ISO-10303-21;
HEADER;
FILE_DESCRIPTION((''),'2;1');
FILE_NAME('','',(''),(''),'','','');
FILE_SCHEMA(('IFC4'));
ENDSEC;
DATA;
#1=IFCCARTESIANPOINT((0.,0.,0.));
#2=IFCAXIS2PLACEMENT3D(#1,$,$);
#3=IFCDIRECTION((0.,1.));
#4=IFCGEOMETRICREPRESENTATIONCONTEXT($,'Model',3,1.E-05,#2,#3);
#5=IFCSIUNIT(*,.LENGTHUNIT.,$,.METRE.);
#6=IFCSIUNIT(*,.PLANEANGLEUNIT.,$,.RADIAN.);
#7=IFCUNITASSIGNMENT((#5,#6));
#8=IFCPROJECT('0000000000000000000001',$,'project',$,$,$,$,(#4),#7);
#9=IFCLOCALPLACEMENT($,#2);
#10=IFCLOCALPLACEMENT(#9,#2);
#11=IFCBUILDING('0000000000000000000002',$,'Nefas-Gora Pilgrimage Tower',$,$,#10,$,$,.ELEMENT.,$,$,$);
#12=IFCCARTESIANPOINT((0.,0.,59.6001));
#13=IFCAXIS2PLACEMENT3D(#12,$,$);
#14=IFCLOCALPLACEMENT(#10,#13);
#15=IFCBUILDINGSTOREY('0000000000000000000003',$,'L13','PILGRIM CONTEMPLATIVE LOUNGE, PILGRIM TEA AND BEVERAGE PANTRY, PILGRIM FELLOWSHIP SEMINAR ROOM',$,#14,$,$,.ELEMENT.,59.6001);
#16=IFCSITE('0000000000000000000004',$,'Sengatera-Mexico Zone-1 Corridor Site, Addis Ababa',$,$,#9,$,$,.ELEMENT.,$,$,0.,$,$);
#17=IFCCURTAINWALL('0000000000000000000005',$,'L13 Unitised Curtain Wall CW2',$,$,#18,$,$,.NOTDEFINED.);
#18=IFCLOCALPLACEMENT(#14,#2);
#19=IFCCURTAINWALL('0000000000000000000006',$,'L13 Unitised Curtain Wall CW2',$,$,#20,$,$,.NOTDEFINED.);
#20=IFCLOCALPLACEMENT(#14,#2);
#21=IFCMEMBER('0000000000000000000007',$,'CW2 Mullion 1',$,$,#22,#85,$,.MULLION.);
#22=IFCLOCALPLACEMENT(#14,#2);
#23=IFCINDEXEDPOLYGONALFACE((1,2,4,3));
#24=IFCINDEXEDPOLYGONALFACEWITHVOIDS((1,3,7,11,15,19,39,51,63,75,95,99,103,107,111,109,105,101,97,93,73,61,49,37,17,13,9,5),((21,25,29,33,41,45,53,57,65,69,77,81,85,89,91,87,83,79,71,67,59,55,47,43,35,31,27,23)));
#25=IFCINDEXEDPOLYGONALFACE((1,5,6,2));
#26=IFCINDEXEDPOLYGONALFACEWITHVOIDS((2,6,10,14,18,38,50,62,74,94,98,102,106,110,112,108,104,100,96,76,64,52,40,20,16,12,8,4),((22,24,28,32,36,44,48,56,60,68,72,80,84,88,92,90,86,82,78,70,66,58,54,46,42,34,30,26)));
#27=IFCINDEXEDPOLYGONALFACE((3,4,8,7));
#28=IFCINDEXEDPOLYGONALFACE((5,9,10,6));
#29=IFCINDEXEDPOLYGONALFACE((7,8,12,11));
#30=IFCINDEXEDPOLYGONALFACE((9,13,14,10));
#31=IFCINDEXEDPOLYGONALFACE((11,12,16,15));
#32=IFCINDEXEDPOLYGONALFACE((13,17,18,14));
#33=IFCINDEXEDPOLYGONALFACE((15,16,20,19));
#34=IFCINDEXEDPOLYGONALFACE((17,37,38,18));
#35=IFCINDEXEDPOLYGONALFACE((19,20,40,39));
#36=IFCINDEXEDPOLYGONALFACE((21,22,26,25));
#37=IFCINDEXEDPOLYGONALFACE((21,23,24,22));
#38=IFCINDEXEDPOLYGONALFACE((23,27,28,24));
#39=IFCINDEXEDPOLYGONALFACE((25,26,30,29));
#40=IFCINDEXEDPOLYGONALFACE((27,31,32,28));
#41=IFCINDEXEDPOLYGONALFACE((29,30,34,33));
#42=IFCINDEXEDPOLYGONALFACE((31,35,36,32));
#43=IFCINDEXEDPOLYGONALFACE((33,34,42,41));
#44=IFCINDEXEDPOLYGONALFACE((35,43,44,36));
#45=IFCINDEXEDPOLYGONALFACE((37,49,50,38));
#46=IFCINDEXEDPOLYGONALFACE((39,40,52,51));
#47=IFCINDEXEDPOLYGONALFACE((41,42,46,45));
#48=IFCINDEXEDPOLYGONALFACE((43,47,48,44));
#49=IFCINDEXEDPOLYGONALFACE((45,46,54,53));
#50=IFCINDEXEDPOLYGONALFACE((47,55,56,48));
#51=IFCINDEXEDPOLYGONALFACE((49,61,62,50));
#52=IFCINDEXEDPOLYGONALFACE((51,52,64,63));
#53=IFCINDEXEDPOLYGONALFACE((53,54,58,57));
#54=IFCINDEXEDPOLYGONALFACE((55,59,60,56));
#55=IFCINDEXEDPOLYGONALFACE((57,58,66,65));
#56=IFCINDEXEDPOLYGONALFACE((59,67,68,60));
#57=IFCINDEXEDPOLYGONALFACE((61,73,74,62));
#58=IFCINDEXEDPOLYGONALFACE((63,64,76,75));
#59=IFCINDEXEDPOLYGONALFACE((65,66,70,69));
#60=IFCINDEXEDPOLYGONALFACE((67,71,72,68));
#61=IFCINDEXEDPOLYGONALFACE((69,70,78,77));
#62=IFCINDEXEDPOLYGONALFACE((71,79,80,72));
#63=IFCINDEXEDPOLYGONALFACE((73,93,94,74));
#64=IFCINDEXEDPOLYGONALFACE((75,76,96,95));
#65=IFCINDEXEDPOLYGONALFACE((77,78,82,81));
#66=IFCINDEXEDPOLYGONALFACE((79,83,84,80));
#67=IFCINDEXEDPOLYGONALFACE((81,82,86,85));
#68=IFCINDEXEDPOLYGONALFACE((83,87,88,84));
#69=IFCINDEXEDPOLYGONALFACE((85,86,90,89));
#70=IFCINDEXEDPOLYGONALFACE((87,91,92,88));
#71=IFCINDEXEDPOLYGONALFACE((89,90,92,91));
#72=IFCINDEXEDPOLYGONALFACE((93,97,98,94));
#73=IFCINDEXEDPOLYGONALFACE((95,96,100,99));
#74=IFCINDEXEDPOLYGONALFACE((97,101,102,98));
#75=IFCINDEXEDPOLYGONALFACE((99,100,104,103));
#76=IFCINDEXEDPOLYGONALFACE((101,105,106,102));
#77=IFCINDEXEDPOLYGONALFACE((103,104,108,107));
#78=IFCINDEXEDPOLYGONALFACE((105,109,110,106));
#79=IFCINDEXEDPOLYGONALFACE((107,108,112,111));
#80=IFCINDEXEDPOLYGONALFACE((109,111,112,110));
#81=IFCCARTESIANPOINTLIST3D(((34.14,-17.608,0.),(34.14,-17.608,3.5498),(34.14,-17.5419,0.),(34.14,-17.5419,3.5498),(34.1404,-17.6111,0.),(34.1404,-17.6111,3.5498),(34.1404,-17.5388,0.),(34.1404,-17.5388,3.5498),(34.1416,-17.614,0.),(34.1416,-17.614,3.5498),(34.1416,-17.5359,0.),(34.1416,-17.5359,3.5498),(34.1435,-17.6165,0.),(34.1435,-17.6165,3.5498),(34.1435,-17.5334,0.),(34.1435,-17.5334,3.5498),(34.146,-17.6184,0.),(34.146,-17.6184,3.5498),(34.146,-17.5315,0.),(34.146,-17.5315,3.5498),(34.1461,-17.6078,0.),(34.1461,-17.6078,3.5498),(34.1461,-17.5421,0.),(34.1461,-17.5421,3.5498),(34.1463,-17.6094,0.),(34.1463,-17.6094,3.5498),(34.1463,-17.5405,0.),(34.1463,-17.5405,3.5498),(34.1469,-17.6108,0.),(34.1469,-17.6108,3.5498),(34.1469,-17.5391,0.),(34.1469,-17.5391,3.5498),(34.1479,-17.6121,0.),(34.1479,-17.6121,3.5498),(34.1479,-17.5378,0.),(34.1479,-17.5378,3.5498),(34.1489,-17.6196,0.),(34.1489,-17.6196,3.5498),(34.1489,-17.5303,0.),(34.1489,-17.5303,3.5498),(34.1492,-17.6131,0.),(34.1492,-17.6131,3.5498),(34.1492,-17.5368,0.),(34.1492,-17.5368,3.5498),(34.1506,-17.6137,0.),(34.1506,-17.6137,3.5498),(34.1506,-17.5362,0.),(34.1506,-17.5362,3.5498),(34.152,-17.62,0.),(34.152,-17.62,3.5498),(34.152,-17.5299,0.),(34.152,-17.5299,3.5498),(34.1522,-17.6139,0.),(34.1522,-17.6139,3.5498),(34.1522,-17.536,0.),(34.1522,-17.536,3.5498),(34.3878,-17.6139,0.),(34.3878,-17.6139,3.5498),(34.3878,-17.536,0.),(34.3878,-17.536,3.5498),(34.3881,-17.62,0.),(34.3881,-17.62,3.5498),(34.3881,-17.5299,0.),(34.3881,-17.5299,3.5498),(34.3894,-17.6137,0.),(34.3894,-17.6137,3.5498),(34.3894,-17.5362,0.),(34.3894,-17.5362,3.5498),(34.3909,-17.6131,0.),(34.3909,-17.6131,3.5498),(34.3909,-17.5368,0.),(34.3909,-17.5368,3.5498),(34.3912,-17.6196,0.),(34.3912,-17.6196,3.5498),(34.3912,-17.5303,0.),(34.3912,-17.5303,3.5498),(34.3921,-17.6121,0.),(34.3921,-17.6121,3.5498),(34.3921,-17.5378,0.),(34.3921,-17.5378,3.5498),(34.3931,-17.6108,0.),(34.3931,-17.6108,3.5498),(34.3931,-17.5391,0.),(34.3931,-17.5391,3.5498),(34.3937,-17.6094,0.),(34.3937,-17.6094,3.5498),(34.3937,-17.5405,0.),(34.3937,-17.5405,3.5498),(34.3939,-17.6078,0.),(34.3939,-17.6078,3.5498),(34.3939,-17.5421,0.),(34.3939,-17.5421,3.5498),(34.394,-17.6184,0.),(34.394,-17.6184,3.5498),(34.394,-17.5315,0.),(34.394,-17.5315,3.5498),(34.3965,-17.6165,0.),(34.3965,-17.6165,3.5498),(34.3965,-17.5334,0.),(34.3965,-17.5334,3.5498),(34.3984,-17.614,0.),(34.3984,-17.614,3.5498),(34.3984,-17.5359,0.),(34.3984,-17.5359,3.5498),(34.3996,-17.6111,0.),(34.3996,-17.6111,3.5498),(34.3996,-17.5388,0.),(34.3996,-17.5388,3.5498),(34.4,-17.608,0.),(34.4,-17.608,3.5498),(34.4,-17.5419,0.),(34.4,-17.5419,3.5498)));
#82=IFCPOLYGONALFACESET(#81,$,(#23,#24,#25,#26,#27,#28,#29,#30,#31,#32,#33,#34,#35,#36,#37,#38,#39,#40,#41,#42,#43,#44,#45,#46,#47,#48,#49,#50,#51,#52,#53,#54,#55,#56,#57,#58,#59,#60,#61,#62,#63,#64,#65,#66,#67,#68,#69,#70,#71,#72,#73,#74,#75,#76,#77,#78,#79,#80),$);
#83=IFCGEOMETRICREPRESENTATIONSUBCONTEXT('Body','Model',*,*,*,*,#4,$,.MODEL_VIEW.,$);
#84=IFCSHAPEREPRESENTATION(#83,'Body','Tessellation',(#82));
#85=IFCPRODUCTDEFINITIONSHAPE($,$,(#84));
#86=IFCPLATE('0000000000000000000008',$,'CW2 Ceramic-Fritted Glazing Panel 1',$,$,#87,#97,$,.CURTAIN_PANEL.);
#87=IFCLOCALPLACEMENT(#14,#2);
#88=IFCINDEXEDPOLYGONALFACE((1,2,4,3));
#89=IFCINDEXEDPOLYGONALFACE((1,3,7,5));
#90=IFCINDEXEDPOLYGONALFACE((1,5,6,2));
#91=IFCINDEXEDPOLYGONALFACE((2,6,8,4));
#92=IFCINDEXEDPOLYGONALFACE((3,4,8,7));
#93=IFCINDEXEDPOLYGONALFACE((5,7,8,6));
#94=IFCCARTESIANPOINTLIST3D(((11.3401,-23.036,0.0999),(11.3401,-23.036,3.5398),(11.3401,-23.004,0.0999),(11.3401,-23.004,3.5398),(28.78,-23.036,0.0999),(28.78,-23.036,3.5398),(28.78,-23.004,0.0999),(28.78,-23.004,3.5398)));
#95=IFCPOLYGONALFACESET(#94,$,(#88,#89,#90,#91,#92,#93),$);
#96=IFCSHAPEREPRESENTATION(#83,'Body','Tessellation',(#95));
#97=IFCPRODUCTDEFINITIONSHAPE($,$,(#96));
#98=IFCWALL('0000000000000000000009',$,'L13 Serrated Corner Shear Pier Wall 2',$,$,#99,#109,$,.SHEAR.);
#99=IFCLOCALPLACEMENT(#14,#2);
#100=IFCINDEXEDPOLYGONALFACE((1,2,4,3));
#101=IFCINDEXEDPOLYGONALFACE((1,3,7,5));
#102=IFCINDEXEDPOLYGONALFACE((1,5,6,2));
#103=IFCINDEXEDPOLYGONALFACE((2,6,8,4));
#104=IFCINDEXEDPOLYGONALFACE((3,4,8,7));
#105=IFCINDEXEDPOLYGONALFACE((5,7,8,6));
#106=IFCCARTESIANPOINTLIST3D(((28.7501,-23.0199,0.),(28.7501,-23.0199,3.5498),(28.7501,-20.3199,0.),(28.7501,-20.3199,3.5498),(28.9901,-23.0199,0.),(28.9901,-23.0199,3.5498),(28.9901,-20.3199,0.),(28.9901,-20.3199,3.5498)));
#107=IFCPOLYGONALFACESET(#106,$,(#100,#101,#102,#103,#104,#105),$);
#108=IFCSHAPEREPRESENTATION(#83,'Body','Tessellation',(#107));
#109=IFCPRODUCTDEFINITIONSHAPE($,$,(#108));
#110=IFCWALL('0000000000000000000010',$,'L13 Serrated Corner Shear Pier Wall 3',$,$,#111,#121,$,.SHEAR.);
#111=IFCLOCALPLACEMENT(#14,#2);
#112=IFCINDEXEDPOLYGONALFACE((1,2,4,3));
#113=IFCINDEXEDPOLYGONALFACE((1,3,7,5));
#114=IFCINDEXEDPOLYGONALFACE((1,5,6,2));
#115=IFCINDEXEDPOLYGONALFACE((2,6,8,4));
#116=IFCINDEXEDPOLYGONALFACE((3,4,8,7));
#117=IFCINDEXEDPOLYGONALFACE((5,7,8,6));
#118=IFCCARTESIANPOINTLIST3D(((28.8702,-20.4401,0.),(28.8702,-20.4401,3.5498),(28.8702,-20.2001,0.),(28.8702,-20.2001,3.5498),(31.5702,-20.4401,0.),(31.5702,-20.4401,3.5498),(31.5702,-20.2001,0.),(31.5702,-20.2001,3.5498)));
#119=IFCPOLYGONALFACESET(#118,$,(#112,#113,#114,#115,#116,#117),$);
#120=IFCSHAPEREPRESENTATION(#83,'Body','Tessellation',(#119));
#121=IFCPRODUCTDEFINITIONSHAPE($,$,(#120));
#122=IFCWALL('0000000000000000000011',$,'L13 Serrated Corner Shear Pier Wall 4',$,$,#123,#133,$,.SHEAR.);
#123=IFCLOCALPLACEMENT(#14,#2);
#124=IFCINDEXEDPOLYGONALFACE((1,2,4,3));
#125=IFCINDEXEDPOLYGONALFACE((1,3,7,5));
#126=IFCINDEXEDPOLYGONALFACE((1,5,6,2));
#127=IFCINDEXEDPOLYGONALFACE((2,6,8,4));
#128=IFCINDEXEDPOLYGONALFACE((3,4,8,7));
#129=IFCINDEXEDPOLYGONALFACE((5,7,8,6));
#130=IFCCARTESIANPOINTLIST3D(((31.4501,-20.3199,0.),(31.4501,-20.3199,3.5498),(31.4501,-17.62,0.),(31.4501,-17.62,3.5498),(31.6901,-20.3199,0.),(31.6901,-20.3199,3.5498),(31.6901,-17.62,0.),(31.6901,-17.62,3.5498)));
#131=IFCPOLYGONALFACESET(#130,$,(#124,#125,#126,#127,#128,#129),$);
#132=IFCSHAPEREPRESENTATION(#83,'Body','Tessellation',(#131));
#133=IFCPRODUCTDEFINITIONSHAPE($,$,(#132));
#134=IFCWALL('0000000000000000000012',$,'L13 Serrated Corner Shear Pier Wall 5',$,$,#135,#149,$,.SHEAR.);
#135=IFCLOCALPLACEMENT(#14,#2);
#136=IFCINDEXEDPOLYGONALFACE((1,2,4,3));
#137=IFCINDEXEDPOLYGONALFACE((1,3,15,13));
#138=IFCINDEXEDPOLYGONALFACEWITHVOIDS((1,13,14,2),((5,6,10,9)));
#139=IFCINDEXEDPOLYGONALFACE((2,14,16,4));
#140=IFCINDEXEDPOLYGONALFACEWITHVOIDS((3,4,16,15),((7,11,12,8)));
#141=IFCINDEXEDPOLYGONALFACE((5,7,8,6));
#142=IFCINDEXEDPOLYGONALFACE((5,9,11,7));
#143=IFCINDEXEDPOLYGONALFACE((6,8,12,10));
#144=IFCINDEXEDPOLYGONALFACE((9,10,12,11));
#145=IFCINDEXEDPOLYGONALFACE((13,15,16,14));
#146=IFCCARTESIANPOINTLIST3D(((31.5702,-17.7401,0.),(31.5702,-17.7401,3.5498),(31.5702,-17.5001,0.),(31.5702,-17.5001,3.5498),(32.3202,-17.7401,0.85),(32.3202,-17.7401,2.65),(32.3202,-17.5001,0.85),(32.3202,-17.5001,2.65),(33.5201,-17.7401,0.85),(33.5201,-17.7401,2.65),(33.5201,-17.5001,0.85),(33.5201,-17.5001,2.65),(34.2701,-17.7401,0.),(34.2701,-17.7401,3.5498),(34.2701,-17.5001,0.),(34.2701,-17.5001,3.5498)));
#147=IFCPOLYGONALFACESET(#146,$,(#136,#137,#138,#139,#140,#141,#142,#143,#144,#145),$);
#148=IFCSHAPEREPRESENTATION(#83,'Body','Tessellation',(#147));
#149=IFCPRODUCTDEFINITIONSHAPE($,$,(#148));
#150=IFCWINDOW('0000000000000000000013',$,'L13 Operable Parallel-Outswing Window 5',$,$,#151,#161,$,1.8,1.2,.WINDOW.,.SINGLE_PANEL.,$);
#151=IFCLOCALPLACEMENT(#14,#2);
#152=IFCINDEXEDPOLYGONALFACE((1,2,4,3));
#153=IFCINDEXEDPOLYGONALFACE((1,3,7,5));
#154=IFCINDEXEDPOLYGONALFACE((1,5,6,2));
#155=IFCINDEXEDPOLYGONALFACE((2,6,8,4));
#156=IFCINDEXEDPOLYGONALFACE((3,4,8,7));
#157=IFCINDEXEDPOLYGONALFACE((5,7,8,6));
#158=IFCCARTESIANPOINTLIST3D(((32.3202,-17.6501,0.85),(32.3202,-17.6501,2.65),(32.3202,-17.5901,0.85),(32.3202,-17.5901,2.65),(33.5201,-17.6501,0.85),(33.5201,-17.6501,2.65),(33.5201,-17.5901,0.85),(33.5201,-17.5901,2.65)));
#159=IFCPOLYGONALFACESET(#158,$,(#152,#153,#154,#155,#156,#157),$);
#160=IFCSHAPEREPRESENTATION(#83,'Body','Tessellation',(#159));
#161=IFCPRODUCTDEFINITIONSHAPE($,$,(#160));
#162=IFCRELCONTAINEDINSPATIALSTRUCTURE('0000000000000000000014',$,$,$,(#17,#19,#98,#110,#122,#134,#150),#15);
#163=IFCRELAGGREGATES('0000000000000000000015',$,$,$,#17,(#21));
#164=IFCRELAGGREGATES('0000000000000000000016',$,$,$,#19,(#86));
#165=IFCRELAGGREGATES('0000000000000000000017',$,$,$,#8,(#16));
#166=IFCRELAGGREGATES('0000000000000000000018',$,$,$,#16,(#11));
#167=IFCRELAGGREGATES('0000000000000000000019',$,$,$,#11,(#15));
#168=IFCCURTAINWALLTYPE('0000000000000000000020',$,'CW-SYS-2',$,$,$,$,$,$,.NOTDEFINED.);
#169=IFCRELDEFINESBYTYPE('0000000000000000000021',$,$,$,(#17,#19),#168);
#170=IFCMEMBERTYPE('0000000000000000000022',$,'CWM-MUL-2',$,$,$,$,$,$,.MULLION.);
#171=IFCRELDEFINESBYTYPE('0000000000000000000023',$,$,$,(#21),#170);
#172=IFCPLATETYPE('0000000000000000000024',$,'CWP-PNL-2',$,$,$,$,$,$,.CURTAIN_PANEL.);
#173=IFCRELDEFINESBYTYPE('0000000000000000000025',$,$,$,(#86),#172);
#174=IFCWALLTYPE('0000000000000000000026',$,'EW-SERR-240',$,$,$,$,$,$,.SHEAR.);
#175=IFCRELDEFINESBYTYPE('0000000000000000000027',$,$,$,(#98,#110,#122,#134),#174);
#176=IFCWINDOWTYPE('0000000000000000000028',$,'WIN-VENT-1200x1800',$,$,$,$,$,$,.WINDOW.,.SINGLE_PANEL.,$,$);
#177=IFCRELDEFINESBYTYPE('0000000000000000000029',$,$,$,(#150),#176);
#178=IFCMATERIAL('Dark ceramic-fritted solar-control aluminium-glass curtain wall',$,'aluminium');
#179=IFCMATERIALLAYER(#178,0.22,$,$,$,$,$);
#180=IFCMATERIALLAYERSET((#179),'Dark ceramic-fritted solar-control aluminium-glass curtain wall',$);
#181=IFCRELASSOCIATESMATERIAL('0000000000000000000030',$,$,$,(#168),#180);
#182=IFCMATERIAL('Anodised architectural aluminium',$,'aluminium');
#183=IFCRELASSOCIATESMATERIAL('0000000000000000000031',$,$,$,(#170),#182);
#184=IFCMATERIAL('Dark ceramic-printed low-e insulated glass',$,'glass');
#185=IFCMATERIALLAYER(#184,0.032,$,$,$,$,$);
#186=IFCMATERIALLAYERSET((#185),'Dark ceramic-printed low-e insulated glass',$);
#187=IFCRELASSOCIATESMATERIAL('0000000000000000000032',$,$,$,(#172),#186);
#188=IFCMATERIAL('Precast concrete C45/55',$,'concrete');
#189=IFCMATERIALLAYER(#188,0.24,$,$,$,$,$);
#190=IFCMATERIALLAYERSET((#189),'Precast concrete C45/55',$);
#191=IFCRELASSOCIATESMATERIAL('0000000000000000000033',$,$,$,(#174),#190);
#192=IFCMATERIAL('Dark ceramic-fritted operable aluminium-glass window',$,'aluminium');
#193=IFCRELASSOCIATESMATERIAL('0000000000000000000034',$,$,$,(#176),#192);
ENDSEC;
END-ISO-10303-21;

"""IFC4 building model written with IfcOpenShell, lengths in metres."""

from ifc_helpers import new_model, si_unit, direction, frame, frame_2d, origin, origin_2d, place, context, subcontext, project, spatial, rectangle, hollow_rectangle, extrude, source, transform, mapped, material, layer, layer_set, material_profile, profile_set, type_object, element, fill, aggregate, save


model = new_model("IFC4")

# Units and contexts
model_context = context("Model", 3, precision=1e-05, world=origin(), true_north=direction((0.0, 1.0)))
body_context = subcontext(model_context, "Body", "Model", "MODEL_VIEW")
ifc_project = project(units=[si_unit("LENGTHUNIT", "METRE"), si_unit("PLANEANGLEUNIT", "RADIAN")], contexts=[model_context])

# Site, building, storey
site_placement = place(None, origin())
site = spatial("IfcSite", under=ifc_project, at=site_placement, Name="Sengatera-Mexico Zone-1 Corridor Site, Addis Ababa", CompositionType="ELEMENT", RefElevation=0.0)
building_placement = place(site_placement, origin())
building = spatial("IfcBuilding", under=site, at=building_placement, Name="Nefas-Gora Pilgrimage Tower", CompositionType="ELEMENT")
storey_placement = place(building_placement, frame((0.0, 0.0, 59.6001)))
storey = spatial("IfcBuildingStorey", under=building, at=storey_placement, Name="L13", Description="PILGRIM CONTEMPLATIVE LOUNGE, PILGRIM TEA AND BEVERAGE PANTRY, PILGRIM FELLOWSHIP SEMINAR ROOM", CompositionType="ELEMENT", Elevation=59.6001)

# Curtain walls
ifc_material_1 = material(Name="Dark ceramic-fritted solar-control aluminium-glass curtain wall", Category="aluminium")
ifc_layer_1 = layer(ifc_material_1, 0.22)
ifc_layer_set_1 = layer_set([ifc_layer_1], Name="Dark ceramic-fritted solar-control aluminium-glass curtain wall")
curtain_wall_type = type_object("IfcCurtainWallType", Name="CW-SYS-2", PredefinedType="NOTDEFINED", material=ifc_layer_set_1)
curtain_wall_1_placement = place(storey_placement, origin())
curtain_wall_1 = element("IfcCurtainWall", 1, at=curtain_wall_1_placement, inside=storey, type_object=curtain_wall_type, Name="L13 Unitised Curtain Wall CW2", PredefinedType="NOTDEFINED")
ifc_material_2 = material(Name="Anodised architectural aluminium", Category="aluminium")
curtain_wall_2_placement = place(storey_placement, origin())
curtain_wall_2 = element("IfcCurtainWall", 2, at=curtain_wall_2_placement, inside=storey, type_object=curtain_wall_type, Name="L13 Unitised Curtain Wall CW2", PredefinedType="NOTDEFINED")
ifc_material_profile_1 = material_profile(ifc_material_2, hollow_rectangle(XDim=0.0901, YDim=0.26, WallThickness=0.0061, InnerFilletRadius=0.0061, OuterFilletRadius=0.012, at=origin_2d()), Name="ALU MULLION 90x260")
ifc_profile_set_1 = profile_set([ifc_material_profile_1], Name="Anodised architectural aluminium")
member_type_1 = type_object("IfcMemberType", Name="CWM-MUL-2", PredefinedType="MULLION", material=ifc_profile_set_1)
shared_shape_1 = source(origin(), body_context, "Body", "SweptSolid", [
    extrude(hollow_rectangle(XDim=0.0901, YDim=0.26, WallThickness=0.0061, InnerFilletRadius=0.0061, OuterFilletRadius=0.012, at=origin_2d()), origin(), (0.0, 0.0, 1.0), 3.5498),
])

# Member
member_1_placement = place(storey_placement, frame((34.27, -17.575, 0.0), z_axis=(0.0, 0.0, 1.0), x_axis=(0.0, 1.0, 0.0)))
member_1 = element("IfcMember", 3, at=member_1_placement, type_object=member_type_1, Name="CW2 Mullion 1", PredefinedType="MULLION", context=body_context, shape_type="MappedRepresentation", body=[
    mapped(shared_shape_1, transform((0.0, 0.0, 0.0), x_axis=(1.0, 0.0, 0.0), y_axis=(0.0, 1.0, 0.0), z_axis=(0.0, 0.0, 1.0), scale=1.0)),
])
aggregate(curtain_wall_1, [member_1])

# Plate
ifc_material_3 = material(Name="Dark ceramic-printed low-e insulated glass", Category="glass")
ifc_layer_2 = layer(ifc_material_3, 0.032)
ifc_layer_set_2 = layer_set([ifc_layer_2], Name="Dark ceramic-printed low-e insulated glass")
plate_type = type_object("IfcPlateType", Name="CWP-PNL-2", PredefinedType="CURTAIN_PANEL", material=ifc_layer_set_2)
shared_shape_2 = source(origin(), body_context, "Body", "SweptSolid", [
    extrude(rectangle(XDim=17.4399, YDim=0.032, at=origin_2d()), origin(), (0.0, 0.0, 1.0), 3.4399),
])
plate_placement = place(storey_placement, frame((20.0601, -23.02, 0.0999), z_axis=(0.0, 0.0, 1.0), x_axis=(1.0, 0.0, 0.0)))
plate = element("IfcPlate", 4, at=plate_placement, type_object=plate_type, Name="CW2 Ceramic-Fritted Glazing Panel 1", PredefinedType="CURTAIN_PANEL", context=body_context, shape_type="MappedRepresentation", body=[
    mapped(shared_shape_2, transform((0.0, 0.0, 0.0), x_axis=(1.0, 0.0, 0.0), y_axis=(0.0, 1.0, 0.0), z_axis=(0.0, 0.0, 1.0), scale=1.0)),
])
aggregate(curtain_wall_2, [plate])

# Walls
ifc_material_4 = material(Name="Precast concrete C45/55", Category="concrete")
ifc_layer_3 = layer(ifc_material_4, 0.24)
ifc_layer_set_3 = layer_set([ifc_layer_3], Name="Precast concrete C45/55")
wall_type_1 = type_object("IfcWallType", Name="EW-SERR-240", PredefinedType="SHEAR", material=ifc_layer_set_3)
shared_shape_3 = source(origin(), body_context, "Body", "SweptSolid", [
    extrude(rectangle(XDim=2.7, YDim=0.24, at=frame_2d((1.3501, 0.0))), origin(), (0.0, 0.0, 1.0), 3.5498),
])
for number, where, z_axis, x_axis, name in (
    (5, (28.8701, -23.02, 0.0), (0.0, 0.0, 1.0), (0.0, 1.0, 0.0), "L13 Serrated Corner Shear Pier Wall 2"),
    (6, (28.8701, -20.3201, 0.0), (0.0, 0.0, 1.0), (1.0, 0.0, 0.0), "L13 Serrated Corner Shear Pier Wall 3"),
    (7, (31.5701, -20.3201, 0.0), (0.0, 0.0, 1.0), (0.0, 1.0, 0.0), "L13 Serrated Corner Shear Pier Wall 4"),
):
    element("IfcWall", number, at=place(storey_placement, frame(where, z_axis=z_axis, x_axis=x_axis)), inside=storey, type_object=wall_type_1, Name=name, PredefinedType="SHEAR", context=body_context, shape_type="MappedRepresentation", body=[
        mapped(shared_shape_3, transform((0.0, 0.0, 0.0), x_axis=(1.0, 0.0, 0.0), y_axis=(0.0, 1.0, 0.0), z_axis=(0.0, 0.0, 1.0), scale=1.0)),
    ])

# Wall, opening, window
wall_1_placement = place(storey_placement, frame((31.5701, -17.6201, 0.0), z_axis=(0.0, 0.0, 1.0), x_axis=(1.0, 0.0, 0.0)))
wall_1 = element("IfcWall", 8, at=wall_1_placement, inside=storey, type_object=wall_type_1, Name="L13 Serrated Corner Shear Pier Wall 5", PredefinedType="SHEAR", context=body_context, shape_type="MappedRepresentation", body=[
    mapped(shared_shape_3, transform((0.0, 0.0, 0.0), x_axis=(1.0, 0.0, 0.0), y_axis=(0.0, 1.0, 0.0), z_axis=(0.0, 0.0, 1.0), scale=1.0)),
])
opening_1_placement = place(wall_1_placement, frame((0.75, 0.0, 0.8501)))
opening_1 = element("IfcOpeningElement", 9, at=opening_1_placement, cuts=wall_1, PredefinedType="OPENING", context=body_context, shape_type="SweptSolid", body=[
    extrude(rectangle(XDim=1.2, YDim=1.8, at=frame_2d((0.6001, 0.8999))), frame((0.0, 0.1299, 0.0), z_axis=(0.0, -1.0, 0.0), x_axis=(1.0, 0.0, 0.0)), (0.0, 0.0, 1.0), 0.26),
])
ifc_material_5 = material(Name="Dark ceramic-fritted operable aluminium-glass window", Category="aluminium")
window_type = type_object("IfcWindowType", Name="WIN-VENT-1200x1800", PartitioningType="SINGLE_PANEL", PredefinedType="WINDOW", material=ifc_material_5)
shared_shape_4 = source(origin(), body_context, "Body", "SweptSolid", [
    extrude(rectangle(XDim=1.2, YDim=1.8, at=frame_2d((0.6001, 0.8999))), frame((0.0, 0.03, 0.0), z_axis=(0.0, -1.0, 0.0), x_axis=(1.0, 0.0, 0.0)), (0.0, 0.0, 1.0), 0.0601),
])
window_placement = place(opening_1_placement, origin())
window = element("IfcWindow", 10, at=window_placement, inside=storey, type_object=window_type, Name="L13 Operable Parallel-Outswing Window 5", OverallHeight=1.8, OverallWidth=1.2, PartitioningType="SINGLE_PANEL", PredefinedType="WINDOW", context=body_context, shape_type="MappedRepresentation", body=[
    mapped(shared_shape_4, transform((0.0, 0.0, 0.0), x_axis=(1.0, 0.0, 0.0), y_axis=(0.0, 1.0, 0.0), z_axis=(0.0, 0.0, 1.0), scale=1.0)),
])
fill(opening_1, window)

save(model, "model.ifc")
